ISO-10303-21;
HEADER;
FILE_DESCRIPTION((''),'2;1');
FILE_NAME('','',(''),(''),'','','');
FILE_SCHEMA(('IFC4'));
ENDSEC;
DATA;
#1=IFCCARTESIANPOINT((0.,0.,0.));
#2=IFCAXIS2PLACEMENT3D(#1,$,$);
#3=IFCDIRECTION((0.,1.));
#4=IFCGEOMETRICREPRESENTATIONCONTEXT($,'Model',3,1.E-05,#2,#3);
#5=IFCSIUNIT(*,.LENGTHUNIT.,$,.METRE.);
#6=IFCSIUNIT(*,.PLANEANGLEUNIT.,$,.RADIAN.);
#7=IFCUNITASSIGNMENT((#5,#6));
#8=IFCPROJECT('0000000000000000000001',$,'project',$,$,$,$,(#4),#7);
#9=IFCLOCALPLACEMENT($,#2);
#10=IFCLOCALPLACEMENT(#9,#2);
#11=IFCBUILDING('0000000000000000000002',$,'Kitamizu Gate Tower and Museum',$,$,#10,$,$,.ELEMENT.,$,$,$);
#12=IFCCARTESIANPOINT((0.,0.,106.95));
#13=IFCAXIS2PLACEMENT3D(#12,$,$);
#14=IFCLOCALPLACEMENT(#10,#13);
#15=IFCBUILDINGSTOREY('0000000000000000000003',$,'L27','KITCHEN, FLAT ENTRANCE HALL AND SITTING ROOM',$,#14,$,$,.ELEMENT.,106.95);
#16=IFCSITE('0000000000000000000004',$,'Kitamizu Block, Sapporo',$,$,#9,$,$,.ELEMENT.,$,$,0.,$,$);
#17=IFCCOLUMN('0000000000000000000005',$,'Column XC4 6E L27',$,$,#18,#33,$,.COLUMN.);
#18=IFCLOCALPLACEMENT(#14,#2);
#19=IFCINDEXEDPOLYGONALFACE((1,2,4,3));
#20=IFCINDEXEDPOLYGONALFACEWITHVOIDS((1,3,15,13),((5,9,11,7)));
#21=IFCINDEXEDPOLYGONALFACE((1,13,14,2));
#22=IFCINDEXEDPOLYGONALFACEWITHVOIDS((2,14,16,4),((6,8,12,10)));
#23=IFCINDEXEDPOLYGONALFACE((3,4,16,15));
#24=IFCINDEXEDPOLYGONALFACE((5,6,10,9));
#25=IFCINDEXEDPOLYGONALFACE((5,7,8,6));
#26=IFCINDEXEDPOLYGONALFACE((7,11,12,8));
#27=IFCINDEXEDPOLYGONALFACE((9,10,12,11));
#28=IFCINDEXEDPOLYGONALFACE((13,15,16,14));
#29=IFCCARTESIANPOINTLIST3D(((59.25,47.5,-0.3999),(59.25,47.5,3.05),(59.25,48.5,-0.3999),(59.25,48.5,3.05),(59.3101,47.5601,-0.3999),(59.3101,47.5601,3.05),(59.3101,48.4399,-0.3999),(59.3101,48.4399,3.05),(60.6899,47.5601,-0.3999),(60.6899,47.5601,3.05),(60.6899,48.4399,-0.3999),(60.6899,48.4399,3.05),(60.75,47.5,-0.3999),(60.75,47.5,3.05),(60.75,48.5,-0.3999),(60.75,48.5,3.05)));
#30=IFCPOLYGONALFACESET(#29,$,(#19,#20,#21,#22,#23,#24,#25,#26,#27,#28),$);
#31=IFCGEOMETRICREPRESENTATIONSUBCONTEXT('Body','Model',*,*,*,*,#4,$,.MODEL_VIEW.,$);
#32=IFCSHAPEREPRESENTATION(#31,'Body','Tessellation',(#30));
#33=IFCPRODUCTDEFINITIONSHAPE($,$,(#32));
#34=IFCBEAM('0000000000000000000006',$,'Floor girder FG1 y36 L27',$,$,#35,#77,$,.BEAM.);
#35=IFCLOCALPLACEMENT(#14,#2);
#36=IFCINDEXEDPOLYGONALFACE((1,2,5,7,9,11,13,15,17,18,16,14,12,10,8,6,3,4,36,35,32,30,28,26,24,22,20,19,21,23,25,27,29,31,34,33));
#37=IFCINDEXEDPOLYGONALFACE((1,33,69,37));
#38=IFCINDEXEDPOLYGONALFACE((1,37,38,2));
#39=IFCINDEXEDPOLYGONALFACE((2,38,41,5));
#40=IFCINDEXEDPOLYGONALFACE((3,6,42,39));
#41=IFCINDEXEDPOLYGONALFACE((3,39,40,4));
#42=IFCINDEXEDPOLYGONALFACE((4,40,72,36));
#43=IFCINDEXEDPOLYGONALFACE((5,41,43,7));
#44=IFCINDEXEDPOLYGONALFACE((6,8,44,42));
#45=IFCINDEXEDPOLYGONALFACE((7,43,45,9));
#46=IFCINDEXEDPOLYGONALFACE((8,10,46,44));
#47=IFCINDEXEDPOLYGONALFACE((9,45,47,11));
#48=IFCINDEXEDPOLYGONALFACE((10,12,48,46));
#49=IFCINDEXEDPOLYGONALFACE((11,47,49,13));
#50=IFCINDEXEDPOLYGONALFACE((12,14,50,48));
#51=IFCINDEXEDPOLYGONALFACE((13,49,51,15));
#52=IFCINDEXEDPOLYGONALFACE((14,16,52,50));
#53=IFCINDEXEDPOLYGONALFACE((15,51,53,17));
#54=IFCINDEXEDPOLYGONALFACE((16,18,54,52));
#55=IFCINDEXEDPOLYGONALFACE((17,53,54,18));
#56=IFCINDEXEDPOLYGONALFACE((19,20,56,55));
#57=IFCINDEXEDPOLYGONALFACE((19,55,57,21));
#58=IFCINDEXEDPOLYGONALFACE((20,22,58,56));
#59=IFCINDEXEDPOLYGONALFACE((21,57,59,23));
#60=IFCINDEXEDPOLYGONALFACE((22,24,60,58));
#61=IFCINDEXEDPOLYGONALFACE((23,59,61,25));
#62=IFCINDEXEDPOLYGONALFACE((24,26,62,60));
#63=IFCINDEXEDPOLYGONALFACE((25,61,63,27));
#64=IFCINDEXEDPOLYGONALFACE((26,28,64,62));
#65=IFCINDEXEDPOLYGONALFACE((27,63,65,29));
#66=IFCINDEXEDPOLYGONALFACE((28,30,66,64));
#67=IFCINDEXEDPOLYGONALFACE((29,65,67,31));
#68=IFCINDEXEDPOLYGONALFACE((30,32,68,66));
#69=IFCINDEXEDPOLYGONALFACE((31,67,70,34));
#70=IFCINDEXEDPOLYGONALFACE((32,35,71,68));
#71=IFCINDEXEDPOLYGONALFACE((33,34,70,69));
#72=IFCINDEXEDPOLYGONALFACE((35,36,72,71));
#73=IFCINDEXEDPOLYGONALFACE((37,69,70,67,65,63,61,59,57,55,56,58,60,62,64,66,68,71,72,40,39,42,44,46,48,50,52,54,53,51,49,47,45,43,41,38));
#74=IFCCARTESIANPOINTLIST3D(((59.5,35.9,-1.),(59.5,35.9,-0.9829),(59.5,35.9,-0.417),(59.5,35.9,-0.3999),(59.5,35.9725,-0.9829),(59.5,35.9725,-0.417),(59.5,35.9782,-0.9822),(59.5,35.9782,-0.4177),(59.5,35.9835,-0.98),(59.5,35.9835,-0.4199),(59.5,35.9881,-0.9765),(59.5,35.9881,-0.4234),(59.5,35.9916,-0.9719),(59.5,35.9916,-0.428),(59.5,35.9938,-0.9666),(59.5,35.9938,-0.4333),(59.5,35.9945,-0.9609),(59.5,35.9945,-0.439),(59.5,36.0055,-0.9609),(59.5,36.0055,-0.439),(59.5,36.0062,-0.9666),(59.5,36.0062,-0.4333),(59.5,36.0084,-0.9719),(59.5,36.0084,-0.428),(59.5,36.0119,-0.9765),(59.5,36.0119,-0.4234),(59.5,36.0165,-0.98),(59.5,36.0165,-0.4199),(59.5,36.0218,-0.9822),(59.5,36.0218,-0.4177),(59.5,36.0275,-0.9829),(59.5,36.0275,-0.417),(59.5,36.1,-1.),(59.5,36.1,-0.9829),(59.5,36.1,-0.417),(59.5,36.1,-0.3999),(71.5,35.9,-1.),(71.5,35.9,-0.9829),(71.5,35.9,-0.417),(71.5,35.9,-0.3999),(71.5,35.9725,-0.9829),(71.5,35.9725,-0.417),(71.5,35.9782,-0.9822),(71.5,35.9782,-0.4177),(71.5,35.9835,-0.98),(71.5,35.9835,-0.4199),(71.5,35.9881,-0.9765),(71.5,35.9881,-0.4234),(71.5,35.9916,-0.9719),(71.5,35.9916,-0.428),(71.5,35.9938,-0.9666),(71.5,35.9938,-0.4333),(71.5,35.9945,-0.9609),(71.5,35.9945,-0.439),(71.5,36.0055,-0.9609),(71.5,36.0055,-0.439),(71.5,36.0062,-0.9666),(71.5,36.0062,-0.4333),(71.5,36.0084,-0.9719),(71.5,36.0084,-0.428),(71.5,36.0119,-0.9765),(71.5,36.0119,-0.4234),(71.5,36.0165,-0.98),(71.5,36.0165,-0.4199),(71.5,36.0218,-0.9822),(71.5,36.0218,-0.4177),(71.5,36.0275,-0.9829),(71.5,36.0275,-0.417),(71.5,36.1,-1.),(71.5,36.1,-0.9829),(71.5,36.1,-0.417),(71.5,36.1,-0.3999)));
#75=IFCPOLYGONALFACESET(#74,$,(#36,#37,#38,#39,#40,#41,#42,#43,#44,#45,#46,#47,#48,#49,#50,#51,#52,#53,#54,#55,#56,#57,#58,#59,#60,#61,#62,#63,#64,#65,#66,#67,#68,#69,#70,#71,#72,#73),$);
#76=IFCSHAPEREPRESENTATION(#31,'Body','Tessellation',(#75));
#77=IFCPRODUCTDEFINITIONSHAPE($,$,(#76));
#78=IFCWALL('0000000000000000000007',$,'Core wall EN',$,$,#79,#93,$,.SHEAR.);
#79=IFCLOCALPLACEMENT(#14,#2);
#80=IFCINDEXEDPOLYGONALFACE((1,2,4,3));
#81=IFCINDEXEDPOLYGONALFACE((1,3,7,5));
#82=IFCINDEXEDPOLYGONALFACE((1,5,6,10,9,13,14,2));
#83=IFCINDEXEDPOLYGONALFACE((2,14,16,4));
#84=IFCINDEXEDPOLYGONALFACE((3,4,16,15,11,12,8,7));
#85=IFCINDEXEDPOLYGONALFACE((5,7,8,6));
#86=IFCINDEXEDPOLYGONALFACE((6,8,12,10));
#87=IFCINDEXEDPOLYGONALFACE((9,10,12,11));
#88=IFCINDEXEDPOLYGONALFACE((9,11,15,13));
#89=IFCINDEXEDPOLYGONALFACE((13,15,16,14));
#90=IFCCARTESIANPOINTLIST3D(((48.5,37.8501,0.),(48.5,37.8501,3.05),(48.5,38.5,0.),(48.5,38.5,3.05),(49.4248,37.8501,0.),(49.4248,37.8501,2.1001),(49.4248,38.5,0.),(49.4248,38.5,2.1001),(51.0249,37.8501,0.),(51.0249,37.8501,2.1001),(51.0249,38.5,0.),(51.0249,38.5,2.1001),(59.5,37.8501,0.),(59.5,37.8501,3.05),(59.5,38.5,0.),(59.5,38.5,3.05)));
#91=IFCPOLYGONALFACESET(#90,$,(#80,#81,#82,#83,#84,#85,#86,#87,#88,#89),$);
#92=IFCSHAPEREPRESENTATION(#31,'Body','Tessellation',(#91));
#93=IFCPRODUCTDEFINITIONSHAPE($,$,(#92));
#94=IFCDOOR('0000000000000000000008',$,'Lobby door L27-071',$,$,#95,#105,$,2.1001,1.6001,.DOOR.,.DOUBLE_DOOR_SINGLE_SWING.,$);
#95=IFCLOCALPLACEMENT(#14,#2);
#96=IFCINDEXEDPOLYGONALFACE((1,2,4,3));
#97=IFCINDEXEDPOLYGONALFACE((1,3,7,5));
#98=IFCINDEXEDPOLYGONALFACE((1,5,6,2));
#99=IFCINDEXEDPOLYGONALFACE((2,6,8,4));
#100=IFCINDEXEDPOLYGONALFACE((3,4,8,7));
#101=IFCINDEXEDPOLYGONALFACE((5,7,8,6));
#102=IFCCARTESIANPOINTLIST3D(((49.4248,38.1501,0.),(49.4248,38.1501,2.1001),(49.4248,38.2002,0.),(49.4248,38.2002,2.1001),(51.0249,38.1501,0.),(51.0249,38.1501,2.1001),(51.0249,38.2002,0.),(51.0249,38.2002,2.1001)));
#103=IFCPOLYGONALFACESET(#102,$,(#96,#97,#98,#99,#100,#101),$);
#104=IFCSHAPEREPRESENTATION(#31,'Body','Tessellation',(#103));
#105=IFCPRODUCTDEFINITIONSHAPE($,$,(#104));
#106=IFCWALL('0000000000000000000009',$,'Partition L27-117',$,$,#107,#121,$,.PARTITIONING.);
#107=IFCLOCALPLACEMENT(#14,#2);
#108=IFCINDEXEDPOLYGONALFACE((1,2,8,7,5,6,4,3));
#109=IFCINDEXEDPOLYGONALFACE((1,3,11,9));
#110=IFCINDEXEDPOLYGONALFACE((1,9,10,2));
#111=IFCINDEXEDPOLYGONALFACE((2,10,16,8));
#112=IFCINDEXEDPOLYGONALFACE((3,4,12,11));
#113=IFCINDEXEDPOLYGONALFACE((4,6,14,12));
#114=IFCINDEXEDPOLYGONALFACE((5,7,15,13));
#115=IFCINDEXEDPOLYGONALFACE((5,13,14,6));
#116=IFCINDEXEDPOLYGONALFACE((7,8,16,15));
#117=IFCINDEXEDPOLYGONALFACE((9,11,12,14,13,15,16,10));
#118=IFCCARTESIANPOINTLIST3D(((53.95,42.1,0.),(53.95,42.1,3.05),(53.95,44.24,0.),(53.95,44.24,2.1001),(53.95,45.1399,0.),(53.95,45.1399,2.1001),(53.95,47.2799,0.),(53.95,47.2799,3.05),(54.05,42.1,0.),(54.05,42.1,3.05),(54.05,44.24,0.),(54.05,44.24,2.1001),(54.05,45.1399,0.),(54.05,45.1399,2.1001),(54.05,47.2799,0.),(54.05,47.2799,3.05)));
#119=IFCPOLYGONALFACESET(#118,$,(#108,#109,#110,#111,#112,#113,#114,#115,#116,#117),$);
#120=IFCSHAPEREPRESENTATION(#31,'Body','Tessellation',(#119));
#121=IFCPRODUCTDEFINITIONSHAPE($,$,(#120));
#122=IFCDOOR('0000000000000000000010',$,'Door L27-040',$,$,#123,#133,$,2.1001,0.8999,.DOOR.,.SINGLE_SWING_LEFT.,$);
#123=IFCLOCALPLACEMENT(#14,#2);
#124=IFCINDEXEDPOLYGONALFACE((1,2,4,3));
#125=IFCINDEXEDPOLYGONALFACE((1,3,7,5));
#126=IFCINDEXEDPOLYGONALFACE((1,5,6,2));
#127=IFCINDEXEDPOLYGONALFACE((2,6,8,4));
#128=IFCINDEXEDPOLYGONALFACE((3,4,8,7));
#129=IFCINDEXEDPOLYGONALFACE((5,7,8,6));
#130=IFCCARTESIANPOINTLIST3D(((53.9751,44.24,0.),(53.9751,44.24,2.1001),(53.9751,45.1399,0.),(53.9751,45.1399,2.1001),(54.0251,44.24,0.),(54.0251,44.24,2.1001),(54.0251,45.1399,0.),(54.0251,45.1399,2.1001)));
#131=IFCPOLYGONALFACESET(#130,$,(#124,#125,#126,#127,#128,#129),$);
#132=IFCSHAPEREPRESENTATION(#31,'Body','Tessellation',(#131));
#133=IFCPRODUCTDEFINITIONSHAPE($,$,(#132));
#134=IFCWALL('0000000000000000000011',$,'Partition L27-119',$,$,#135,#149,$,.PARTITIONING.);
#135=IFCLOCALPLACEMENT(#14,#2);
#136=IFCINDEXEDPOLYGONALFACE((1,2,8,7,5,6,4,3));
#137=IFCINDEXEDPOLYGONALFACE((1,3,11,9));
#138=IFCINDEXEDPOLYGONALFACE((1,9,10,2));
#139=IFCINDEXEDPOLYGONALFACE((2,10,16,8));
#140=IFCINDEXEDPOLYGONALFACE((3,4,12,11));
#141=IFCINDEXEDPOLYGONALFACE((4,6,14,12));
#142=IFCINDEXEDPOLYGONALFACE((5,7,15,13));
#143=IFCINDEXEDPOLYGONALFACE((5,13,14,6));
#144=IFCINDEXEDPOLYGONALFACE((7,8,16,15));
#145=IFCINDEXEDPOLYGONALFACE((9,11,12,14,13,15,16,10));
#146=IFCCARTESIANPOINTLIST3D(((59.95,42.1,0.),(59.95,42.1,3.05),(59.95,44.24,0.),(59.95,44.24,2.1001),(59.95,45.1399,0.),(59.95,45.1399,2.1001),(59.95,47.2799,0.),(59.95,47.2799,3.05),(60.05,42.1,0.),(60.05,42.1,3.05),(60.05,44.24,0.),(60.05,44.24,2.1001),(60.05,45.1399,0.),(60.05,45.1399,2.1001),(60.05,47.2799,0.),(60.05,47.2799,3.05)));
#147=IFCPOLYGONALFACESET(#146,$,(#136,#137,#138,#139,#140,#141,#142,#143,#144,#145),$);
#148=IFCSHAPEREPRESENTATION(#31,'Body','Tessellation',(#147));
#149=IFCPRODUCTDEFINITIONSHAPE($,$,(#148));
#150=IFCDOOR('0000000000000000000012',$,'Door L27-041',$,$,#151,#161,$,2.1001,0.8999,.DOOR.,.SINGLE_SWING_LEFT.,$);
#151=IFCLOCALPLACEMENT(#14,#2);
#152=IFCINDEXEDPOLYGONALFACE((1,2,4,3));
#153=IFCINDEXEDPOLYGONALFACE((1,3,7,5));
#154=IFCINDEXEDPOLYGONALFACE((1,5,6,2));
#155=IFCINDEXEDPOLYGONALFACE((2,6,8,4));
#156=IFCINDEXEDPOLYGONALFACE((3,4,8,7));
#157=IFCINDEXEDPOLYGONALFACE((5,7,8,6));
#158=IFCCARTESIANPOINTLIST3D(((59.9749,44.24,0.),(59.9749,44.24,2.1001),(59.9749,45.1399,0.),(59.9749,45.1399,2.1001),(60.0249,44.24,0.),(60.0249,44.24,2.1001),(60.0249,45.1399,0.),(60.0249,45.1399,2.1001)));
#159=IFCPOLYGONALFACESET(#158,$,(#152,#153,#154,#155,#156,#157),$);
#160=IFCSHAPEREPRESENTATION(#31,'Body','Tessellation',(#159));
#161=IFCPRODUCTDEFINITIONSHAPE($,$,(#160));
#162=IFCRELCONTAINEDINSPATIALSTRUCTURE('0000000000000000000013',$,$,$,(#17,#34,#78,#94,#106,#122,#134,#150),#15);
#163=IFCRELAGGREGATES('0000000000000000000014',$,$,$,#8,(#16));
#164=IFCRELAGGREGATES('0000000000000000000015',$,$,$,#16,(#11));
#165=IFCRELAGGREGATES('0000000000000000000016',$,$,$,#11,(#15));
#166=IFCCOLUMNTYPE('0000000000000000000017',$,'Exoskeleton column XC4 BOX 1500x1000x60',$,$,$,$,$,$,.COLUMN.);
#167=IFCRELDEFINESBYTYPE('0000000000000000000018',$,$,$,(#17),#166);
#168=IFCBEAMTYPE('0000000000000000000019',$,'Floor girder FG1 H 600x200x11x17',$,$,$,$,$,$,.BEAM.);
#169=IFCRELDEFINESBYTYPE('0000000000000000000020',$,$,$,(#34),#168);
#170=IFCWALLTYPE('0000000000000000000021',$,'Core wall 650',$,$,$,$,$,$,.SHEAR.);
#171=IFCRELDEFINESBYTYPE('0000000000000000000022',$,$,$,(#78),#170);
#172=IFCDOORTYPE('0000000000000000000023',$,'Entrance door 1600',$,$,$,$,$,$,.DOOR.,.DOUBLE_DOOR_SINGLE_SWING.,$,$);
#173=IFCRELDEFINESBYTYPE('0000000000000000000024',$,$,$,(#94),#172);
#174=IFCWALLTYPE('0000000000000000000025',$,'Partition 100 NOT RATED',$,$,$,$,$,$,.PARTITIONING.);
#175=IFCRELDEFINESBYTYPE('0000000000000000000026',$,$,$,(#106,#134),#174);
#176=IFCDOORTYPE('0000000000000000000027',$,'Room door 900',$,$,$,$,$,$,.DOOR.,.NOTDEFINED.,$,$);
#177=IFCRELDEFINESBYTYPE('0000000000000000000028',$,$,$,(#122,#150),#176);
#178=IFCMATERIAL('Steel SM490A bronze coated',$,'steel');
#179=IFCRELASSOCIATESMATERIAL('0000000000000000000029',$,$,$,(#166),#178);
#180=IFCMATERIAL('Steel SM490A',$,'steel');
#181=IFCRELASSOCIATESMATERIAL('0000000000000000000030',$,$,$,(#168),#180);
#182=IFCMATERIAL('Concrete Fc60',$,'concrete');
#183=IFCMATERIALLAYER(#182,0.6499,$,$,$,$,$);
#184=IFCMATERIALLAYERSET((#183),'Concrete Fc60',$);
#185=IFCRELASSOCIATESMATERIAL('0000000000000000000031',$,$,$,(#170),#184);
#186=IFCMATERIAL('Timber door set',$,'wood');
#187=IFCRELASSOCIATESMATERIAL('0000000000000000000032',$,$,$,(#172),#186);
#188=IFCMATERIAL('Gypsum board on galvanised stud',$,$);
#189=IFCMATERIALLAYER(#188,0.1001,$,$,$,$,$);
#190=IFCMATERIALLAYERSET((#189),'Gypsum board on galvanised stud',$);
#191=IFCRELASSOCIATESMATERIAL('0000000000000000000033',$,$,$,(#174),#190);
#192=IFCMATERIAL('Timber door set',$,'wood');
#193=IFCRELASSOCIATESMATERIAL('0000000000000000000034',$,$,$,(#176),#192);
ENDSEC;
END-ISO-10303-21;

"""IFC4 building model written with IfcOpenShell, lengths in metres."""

from ifc_helpers import new_model, si_unit, direction, frame, frame_2d, origin, origin_2d, place, context, subcontext, project, spatial, rectangle, hollow_rectangle, i_section, extrude, material, layer, layer_set, material_profile, profile_set, type_object, element, fill, save


model = new_model("IFC4")

# Units and contexts
model_context = context("Model", 3, precision=1e-05, world=origin(), true_north=direction((0.0, 1.0)))
body_context = subcontext(model_context, "Body", "Model", "MODEL_VIEW")
ifc_project = project(units=[si_unit("LENGTHUNIT", "METRE"), si_unit("PLANEANGLEUNIT", "RADIAN")], contexts=[model_context])

# Site, building, storey
site_placement = place(None, origin())
site = spatial("IfcSite", under=ifc_project, at=site_placement, Name="Kitamizu Block, Sapporo", CompositionType="ELEMENT", RefElevation=0.0)
building_placement = place(site_placement, origin())
building = spatial("IfcBuilding", under=site, at=building_placement, Name="Kitamizu Gate Tower and Museum", CompositionType="ELEMENT")
storey_placement = place(building_placement, frame((0.0, 0.0, 106.95)))
storey = spatial("IfcBuildingStorey", under=building, at=storey_placement, Name="L27", Description="KITCHEN, FLAT ENTRANCE HALL AND SITTING ROOM", CompositionType="ELEMENT", Elevation=106.95)

# Column
ifc_material_1 = material(Name="Steel SM490A bronze coated", Category="steel")
ifc_material_profile_1 = material_profile(ifc_material_1, hollow_rectangle(XDim=1.5, YDim=1.0, WallThickness=0.0601, at=origin_2d()), Name="BOX 1500x1000x60")
ifc_profile_set_1 = profile_set([ifc_material_profile_1], Name="Steel SM490A bronze coated")
column_type = type_object("IfcColumnType", Name="Exoskeleton column XC4 BOX 1500x1000x60", PredefinedType="COLUMN", material=ifc_profile_set_1)
column_placement = place(storey_placement, frame((60.0, 48.0, -0.3999), z_axis=(0.0, 0.0, 1.0), x_axis=(1.0, 0.0, 0.0)))
element("IfcColumn", 1, at=column_placement, inside=storey, type_object=column_type, Name="Column XC4 6E L27", PredefinedType="COLUMN", context=body_context, shape_type="SweptSolid", body=[
    extrude(hollow_rectangle(XDim=1.5, YDim=1.0, WallThickness=0.0601, at=origin_2d()), origin(), (0.0, 0.0, 1.0), 3.45),
])

# Beam
ifc_material_2 = material(Name="Steel SM490A", Category="steel")
ifc_material_profile_2 = material_profile(ifc_material_2, i_section(OverallWidth=0.2, OverallDepth=0.6001, WebThickness=0.011, FlangeThickness=0.0171, FilletRadius=0.022, at=origin_2d()), Name="H-600x200x11x17")
ifc_profile_set_2 = profile_set([ifc_material_profile_2], Name="Steel SM490A")
beam_type = type_object("IfcBeamType", Name="Floor girder FG1 H 600x200x11x17", PredefinedType="BEAM", material=ifc_profile_set_2)
beam_placement = place(storey_placement, frame((59.5, 36.0, -0.7), z_axis=(1.0, 0.0, 0.0), x_axis=(0.0, 1.0, 0.0)))
element("IfcBeam", 2, at=beam_placement, inside=storey, type_object=beam_type, Name="Floor girder FG1 y36 L27", PredefinedType="BEAM", context=body_context, shape_type="SweptSolid", body=[
    extrude(i_section(OverallWidth=0.2, OverallDepth=0.6001, WebThickness=0.011, FlangeThickness=0.0171, FilletRadius=0.022, at=origin_2d()), origin(), (0.0, 0.0, 1.0), 12.0),
])

# Walls, openings, doors
ifc_material_3 = material(Name="Concrete Fc60", Category="concrete")
ifc_layer_1 = layer(ifc_material_3, 0.6499)
ifc_layer_set_1 = layer_set([ifc_layer_1], Name="Concrete Fc60")
wall_type_1 = type_object("IfcWallType", Name="Core wall 650", PredefinedType="SHEAR", material=ifc_layer_set_1)
wall_1_placement = place(storey_placement, frame((59.5, 38.175, 0.0), z_axis=(0.0, 0.0, 1.0), x_axis=(-1.0, 0.0, 0.0)))
wall_1 = element("IfcWall", 3, at=wall_1_placement, inside=storey, type_object=wall_type_1, Name="Core wall EN", PredefinedType="SHEAR", context=body_context, shape_type="SweptSolid", body=[
    extrude(rectangle(XDim=11.0, YDim=0.6499, at=frame_2d((5.5, 0.0))), origin(), (0.0, 0.0, 1.0), 3.05),
])
opening_1_placement = place(wall_1_placement, frame((8.4751, 0.0, 0.0)))
opening_1 = element("IfcOpeningElement", 4, at=opening_1_placement, cuts=wall_1, PredefinedType="OPENING", context=body_context, shape_type="SweptSolid", body=[
    extrude(rectangle(XDim=1.6001, YDim=2.1001, at=frame_2d((0.8, 1.05))), frame((0.0, 0.335, 0.0), z_axis=(0.0, -1.0, 0.0), x_axis=(1.0, 0.0, 0.0)), (0.0, 0.0, 1.0), 0.6699),
])
ifc_material_4 = material(Name="Timber door set", Category="wood")
door_type_1 = type_object("IfcDoorType", Name="Entrance door 1600", OperationType="DOUBLE_DOOR_SINGLE_SWING", PredefinedType="DOOR", material=ifc_material_4)
door_1_placement = place(opening_1_placement, origin())
door_1 = element("IfcDoor", 5, at=door_1_placement, inside=storey, type_object=door_type_1, Name="Lobby door L27-071", OperationType="DOUBLE_DOOR_SINGLE_SWING", OverallHeight=2.1001, OverallWidth=1.6001, PredefinedType="DOOR", context=body_context, shape_type="SweptSolid", body=[
    extrude(rectangle(XDim=1.6001, YDim=2.1001, at=frame_2d((0.8, 1.05))), frame((0.0, 0.0249, 0.0), z_axis=(0.0, -1.0, 0.0), x_axis=(1.0, 0.0, 0.0)), (0.0, 0.0, 1.0), 0.05),
])
fill(opening_1, door_1)
ifc_material_5 = material(Name="Gypsum board on galvanised stud")
ifc_layer_2 = layer(ifc_material_5, 0.1001)
ifc_layer_set_2 = layer_set([ifc_layer_2], Name="Gypsum board on galvanised stud")
wall_type_2 = type_object("IfcWallType", Name="Partition 100 NOT RATED", PredefinedType="PARTITIONING", material=ifc_layer_set_2)
wall_2_placement = place(storey_placement, frame((54.0, 42.1001, 0.0), z_axis=(0.0, 0.0, 1.0), x_axis=(0.0, 1.0, 0.0)))
wall_2 = element("IfcWall", 6, at=wall_2_placement, inside=storey, type_object=wall_type_2, Name="Partition L27-117", PredefinedType="PARTITIONING", context=body_context, shape_type="SweptSolid", body=[
    extrude(rectangle(XDim=5.1799, YDim=0.1001, at=frame_2d((2.5898, 0.0))), origin(), (0.0, 0.0, 1.0), 3.05),
])
opening_2_placement = place(wall_2_placement, frame((2.1399, 0.0, 0.0)))
opening_2 = element("IfcOpeningElement", 7, at=opening_2_placement, cuts=wall_2, PredefinedType="OPENING", context=body_context, shape_type="SweptSolid", body=[
    extrude(rectangle(XDim=0.8999, YDim=2.1001, at=frame_2d((0.45, 1.05))), frame((0.0, 0.0601, 0.0), z_axis=(0.0, -1.0, 0.0), x_axis=(1.0, 0.0, 0.0)), (0.0, 0.0, 1.0), 0.1201),
])
ifc_material_6 = material(Name="Timber door set", Category="wood")
door_type_2 = type_object("IfcDoorType", Name="Room door 900", OperationType="NOTDEFINED", PredefinedType="DOOR", material=ifc_material_6)
door_2_placement = place(opening_2_placement, origin())
door_2 = element("IfcDoor", 8, at=door_2_placement, inside=storey, type_object=door_type_2, Name="Door L27-040", OperationType="SINGLE_SWING_LEFT", OverallHeight=2.1001, OverallWidth=0.8999, PredefinedType="DOOR", context=body_context, shape_type="SweptSolid", body=[
    extrude(rectangle(XDim=0.8999, YDim=2.1001, at=frame_2d((0.45, 1.05))), frame((0.0, 0.0249, 0.0), z_axis=(0.0, -1.0, 0.0), x_axis=(1.0, 0.0, 0.0)), (0.0, 0.0, 1.0), 0.05),
])
fill(opening_2, door_2)
wall_3_placement = place(storey_placement, frame((60.0, 42.1001, 0.0), z_axis=(0.0, 0.0, 1.0), x_axis=(0.0, 1.0, 0.0)))
wall_3 = element("IfcWall", 9, at=wall_3_placement, inside=storey, type_object=wall_type_2, Name="Partition L27-119", PredefinedType="PARTITIONING", context=body_context, shape_type="SweptSolid", body=[
    extrude(rectangle(XDim=5.1799, YDim=0.1001, at=frame_2d((2.5898, 0.0))), origin(), (0.0, 0.0, 1.0), 3.05),
])
opening_3_placement = place(wall_3_placement, frame((2.1399, 0.0, 0.0)))
opening_3 = element("IfcOpeningElement", 10, at=opening_3_placement, cuts=wall_3, PredefinedType="OPENING", context=body_context, shape_type="SweptSolid", body=[
    extrude(rectangle(XDim=0.8999, YDim=2.1001, at=frame_2d((0.45, 1.05))), frame((0.0, 0.0601, 0.0), z_axis=(0.0, -1.0, 0.0), x_axis=(1.0, 0.0, 0.0)), (0.0, 0.0, 1.0), 0.1201),
])
door_3_placement = place(opening_3_placement, frame((0.8999, 0.0, 0.0), x_axis=(-1.0, 0.0, 0.0)))
door_3 = element("IfcDoor", 11, at=door_3_placement, inside=storey, type_object=door_type_2, Name="Door L27-041", OperationType="SINGLE_SWING_LEFT", OverallHeight=2.1001, OverallWidth=0.8999, PredefinedType="DOOR", context=body_context, shape_type="SweptSolid", body=[
    extrude(rectangle(XDim=0.8999, YDim=2.1001, at=frame_2d((0.45, 1.05))), frame((0.0, 0.0249, 0.0), z_axis=(0.0, -1.0, 0.0), x_axis=(1.0, 0.0, 0.0)), (0.0, 0.0, 1.0), 0.05),
])
fill(opening_3, door_3)

save(model, "model.ifc")
